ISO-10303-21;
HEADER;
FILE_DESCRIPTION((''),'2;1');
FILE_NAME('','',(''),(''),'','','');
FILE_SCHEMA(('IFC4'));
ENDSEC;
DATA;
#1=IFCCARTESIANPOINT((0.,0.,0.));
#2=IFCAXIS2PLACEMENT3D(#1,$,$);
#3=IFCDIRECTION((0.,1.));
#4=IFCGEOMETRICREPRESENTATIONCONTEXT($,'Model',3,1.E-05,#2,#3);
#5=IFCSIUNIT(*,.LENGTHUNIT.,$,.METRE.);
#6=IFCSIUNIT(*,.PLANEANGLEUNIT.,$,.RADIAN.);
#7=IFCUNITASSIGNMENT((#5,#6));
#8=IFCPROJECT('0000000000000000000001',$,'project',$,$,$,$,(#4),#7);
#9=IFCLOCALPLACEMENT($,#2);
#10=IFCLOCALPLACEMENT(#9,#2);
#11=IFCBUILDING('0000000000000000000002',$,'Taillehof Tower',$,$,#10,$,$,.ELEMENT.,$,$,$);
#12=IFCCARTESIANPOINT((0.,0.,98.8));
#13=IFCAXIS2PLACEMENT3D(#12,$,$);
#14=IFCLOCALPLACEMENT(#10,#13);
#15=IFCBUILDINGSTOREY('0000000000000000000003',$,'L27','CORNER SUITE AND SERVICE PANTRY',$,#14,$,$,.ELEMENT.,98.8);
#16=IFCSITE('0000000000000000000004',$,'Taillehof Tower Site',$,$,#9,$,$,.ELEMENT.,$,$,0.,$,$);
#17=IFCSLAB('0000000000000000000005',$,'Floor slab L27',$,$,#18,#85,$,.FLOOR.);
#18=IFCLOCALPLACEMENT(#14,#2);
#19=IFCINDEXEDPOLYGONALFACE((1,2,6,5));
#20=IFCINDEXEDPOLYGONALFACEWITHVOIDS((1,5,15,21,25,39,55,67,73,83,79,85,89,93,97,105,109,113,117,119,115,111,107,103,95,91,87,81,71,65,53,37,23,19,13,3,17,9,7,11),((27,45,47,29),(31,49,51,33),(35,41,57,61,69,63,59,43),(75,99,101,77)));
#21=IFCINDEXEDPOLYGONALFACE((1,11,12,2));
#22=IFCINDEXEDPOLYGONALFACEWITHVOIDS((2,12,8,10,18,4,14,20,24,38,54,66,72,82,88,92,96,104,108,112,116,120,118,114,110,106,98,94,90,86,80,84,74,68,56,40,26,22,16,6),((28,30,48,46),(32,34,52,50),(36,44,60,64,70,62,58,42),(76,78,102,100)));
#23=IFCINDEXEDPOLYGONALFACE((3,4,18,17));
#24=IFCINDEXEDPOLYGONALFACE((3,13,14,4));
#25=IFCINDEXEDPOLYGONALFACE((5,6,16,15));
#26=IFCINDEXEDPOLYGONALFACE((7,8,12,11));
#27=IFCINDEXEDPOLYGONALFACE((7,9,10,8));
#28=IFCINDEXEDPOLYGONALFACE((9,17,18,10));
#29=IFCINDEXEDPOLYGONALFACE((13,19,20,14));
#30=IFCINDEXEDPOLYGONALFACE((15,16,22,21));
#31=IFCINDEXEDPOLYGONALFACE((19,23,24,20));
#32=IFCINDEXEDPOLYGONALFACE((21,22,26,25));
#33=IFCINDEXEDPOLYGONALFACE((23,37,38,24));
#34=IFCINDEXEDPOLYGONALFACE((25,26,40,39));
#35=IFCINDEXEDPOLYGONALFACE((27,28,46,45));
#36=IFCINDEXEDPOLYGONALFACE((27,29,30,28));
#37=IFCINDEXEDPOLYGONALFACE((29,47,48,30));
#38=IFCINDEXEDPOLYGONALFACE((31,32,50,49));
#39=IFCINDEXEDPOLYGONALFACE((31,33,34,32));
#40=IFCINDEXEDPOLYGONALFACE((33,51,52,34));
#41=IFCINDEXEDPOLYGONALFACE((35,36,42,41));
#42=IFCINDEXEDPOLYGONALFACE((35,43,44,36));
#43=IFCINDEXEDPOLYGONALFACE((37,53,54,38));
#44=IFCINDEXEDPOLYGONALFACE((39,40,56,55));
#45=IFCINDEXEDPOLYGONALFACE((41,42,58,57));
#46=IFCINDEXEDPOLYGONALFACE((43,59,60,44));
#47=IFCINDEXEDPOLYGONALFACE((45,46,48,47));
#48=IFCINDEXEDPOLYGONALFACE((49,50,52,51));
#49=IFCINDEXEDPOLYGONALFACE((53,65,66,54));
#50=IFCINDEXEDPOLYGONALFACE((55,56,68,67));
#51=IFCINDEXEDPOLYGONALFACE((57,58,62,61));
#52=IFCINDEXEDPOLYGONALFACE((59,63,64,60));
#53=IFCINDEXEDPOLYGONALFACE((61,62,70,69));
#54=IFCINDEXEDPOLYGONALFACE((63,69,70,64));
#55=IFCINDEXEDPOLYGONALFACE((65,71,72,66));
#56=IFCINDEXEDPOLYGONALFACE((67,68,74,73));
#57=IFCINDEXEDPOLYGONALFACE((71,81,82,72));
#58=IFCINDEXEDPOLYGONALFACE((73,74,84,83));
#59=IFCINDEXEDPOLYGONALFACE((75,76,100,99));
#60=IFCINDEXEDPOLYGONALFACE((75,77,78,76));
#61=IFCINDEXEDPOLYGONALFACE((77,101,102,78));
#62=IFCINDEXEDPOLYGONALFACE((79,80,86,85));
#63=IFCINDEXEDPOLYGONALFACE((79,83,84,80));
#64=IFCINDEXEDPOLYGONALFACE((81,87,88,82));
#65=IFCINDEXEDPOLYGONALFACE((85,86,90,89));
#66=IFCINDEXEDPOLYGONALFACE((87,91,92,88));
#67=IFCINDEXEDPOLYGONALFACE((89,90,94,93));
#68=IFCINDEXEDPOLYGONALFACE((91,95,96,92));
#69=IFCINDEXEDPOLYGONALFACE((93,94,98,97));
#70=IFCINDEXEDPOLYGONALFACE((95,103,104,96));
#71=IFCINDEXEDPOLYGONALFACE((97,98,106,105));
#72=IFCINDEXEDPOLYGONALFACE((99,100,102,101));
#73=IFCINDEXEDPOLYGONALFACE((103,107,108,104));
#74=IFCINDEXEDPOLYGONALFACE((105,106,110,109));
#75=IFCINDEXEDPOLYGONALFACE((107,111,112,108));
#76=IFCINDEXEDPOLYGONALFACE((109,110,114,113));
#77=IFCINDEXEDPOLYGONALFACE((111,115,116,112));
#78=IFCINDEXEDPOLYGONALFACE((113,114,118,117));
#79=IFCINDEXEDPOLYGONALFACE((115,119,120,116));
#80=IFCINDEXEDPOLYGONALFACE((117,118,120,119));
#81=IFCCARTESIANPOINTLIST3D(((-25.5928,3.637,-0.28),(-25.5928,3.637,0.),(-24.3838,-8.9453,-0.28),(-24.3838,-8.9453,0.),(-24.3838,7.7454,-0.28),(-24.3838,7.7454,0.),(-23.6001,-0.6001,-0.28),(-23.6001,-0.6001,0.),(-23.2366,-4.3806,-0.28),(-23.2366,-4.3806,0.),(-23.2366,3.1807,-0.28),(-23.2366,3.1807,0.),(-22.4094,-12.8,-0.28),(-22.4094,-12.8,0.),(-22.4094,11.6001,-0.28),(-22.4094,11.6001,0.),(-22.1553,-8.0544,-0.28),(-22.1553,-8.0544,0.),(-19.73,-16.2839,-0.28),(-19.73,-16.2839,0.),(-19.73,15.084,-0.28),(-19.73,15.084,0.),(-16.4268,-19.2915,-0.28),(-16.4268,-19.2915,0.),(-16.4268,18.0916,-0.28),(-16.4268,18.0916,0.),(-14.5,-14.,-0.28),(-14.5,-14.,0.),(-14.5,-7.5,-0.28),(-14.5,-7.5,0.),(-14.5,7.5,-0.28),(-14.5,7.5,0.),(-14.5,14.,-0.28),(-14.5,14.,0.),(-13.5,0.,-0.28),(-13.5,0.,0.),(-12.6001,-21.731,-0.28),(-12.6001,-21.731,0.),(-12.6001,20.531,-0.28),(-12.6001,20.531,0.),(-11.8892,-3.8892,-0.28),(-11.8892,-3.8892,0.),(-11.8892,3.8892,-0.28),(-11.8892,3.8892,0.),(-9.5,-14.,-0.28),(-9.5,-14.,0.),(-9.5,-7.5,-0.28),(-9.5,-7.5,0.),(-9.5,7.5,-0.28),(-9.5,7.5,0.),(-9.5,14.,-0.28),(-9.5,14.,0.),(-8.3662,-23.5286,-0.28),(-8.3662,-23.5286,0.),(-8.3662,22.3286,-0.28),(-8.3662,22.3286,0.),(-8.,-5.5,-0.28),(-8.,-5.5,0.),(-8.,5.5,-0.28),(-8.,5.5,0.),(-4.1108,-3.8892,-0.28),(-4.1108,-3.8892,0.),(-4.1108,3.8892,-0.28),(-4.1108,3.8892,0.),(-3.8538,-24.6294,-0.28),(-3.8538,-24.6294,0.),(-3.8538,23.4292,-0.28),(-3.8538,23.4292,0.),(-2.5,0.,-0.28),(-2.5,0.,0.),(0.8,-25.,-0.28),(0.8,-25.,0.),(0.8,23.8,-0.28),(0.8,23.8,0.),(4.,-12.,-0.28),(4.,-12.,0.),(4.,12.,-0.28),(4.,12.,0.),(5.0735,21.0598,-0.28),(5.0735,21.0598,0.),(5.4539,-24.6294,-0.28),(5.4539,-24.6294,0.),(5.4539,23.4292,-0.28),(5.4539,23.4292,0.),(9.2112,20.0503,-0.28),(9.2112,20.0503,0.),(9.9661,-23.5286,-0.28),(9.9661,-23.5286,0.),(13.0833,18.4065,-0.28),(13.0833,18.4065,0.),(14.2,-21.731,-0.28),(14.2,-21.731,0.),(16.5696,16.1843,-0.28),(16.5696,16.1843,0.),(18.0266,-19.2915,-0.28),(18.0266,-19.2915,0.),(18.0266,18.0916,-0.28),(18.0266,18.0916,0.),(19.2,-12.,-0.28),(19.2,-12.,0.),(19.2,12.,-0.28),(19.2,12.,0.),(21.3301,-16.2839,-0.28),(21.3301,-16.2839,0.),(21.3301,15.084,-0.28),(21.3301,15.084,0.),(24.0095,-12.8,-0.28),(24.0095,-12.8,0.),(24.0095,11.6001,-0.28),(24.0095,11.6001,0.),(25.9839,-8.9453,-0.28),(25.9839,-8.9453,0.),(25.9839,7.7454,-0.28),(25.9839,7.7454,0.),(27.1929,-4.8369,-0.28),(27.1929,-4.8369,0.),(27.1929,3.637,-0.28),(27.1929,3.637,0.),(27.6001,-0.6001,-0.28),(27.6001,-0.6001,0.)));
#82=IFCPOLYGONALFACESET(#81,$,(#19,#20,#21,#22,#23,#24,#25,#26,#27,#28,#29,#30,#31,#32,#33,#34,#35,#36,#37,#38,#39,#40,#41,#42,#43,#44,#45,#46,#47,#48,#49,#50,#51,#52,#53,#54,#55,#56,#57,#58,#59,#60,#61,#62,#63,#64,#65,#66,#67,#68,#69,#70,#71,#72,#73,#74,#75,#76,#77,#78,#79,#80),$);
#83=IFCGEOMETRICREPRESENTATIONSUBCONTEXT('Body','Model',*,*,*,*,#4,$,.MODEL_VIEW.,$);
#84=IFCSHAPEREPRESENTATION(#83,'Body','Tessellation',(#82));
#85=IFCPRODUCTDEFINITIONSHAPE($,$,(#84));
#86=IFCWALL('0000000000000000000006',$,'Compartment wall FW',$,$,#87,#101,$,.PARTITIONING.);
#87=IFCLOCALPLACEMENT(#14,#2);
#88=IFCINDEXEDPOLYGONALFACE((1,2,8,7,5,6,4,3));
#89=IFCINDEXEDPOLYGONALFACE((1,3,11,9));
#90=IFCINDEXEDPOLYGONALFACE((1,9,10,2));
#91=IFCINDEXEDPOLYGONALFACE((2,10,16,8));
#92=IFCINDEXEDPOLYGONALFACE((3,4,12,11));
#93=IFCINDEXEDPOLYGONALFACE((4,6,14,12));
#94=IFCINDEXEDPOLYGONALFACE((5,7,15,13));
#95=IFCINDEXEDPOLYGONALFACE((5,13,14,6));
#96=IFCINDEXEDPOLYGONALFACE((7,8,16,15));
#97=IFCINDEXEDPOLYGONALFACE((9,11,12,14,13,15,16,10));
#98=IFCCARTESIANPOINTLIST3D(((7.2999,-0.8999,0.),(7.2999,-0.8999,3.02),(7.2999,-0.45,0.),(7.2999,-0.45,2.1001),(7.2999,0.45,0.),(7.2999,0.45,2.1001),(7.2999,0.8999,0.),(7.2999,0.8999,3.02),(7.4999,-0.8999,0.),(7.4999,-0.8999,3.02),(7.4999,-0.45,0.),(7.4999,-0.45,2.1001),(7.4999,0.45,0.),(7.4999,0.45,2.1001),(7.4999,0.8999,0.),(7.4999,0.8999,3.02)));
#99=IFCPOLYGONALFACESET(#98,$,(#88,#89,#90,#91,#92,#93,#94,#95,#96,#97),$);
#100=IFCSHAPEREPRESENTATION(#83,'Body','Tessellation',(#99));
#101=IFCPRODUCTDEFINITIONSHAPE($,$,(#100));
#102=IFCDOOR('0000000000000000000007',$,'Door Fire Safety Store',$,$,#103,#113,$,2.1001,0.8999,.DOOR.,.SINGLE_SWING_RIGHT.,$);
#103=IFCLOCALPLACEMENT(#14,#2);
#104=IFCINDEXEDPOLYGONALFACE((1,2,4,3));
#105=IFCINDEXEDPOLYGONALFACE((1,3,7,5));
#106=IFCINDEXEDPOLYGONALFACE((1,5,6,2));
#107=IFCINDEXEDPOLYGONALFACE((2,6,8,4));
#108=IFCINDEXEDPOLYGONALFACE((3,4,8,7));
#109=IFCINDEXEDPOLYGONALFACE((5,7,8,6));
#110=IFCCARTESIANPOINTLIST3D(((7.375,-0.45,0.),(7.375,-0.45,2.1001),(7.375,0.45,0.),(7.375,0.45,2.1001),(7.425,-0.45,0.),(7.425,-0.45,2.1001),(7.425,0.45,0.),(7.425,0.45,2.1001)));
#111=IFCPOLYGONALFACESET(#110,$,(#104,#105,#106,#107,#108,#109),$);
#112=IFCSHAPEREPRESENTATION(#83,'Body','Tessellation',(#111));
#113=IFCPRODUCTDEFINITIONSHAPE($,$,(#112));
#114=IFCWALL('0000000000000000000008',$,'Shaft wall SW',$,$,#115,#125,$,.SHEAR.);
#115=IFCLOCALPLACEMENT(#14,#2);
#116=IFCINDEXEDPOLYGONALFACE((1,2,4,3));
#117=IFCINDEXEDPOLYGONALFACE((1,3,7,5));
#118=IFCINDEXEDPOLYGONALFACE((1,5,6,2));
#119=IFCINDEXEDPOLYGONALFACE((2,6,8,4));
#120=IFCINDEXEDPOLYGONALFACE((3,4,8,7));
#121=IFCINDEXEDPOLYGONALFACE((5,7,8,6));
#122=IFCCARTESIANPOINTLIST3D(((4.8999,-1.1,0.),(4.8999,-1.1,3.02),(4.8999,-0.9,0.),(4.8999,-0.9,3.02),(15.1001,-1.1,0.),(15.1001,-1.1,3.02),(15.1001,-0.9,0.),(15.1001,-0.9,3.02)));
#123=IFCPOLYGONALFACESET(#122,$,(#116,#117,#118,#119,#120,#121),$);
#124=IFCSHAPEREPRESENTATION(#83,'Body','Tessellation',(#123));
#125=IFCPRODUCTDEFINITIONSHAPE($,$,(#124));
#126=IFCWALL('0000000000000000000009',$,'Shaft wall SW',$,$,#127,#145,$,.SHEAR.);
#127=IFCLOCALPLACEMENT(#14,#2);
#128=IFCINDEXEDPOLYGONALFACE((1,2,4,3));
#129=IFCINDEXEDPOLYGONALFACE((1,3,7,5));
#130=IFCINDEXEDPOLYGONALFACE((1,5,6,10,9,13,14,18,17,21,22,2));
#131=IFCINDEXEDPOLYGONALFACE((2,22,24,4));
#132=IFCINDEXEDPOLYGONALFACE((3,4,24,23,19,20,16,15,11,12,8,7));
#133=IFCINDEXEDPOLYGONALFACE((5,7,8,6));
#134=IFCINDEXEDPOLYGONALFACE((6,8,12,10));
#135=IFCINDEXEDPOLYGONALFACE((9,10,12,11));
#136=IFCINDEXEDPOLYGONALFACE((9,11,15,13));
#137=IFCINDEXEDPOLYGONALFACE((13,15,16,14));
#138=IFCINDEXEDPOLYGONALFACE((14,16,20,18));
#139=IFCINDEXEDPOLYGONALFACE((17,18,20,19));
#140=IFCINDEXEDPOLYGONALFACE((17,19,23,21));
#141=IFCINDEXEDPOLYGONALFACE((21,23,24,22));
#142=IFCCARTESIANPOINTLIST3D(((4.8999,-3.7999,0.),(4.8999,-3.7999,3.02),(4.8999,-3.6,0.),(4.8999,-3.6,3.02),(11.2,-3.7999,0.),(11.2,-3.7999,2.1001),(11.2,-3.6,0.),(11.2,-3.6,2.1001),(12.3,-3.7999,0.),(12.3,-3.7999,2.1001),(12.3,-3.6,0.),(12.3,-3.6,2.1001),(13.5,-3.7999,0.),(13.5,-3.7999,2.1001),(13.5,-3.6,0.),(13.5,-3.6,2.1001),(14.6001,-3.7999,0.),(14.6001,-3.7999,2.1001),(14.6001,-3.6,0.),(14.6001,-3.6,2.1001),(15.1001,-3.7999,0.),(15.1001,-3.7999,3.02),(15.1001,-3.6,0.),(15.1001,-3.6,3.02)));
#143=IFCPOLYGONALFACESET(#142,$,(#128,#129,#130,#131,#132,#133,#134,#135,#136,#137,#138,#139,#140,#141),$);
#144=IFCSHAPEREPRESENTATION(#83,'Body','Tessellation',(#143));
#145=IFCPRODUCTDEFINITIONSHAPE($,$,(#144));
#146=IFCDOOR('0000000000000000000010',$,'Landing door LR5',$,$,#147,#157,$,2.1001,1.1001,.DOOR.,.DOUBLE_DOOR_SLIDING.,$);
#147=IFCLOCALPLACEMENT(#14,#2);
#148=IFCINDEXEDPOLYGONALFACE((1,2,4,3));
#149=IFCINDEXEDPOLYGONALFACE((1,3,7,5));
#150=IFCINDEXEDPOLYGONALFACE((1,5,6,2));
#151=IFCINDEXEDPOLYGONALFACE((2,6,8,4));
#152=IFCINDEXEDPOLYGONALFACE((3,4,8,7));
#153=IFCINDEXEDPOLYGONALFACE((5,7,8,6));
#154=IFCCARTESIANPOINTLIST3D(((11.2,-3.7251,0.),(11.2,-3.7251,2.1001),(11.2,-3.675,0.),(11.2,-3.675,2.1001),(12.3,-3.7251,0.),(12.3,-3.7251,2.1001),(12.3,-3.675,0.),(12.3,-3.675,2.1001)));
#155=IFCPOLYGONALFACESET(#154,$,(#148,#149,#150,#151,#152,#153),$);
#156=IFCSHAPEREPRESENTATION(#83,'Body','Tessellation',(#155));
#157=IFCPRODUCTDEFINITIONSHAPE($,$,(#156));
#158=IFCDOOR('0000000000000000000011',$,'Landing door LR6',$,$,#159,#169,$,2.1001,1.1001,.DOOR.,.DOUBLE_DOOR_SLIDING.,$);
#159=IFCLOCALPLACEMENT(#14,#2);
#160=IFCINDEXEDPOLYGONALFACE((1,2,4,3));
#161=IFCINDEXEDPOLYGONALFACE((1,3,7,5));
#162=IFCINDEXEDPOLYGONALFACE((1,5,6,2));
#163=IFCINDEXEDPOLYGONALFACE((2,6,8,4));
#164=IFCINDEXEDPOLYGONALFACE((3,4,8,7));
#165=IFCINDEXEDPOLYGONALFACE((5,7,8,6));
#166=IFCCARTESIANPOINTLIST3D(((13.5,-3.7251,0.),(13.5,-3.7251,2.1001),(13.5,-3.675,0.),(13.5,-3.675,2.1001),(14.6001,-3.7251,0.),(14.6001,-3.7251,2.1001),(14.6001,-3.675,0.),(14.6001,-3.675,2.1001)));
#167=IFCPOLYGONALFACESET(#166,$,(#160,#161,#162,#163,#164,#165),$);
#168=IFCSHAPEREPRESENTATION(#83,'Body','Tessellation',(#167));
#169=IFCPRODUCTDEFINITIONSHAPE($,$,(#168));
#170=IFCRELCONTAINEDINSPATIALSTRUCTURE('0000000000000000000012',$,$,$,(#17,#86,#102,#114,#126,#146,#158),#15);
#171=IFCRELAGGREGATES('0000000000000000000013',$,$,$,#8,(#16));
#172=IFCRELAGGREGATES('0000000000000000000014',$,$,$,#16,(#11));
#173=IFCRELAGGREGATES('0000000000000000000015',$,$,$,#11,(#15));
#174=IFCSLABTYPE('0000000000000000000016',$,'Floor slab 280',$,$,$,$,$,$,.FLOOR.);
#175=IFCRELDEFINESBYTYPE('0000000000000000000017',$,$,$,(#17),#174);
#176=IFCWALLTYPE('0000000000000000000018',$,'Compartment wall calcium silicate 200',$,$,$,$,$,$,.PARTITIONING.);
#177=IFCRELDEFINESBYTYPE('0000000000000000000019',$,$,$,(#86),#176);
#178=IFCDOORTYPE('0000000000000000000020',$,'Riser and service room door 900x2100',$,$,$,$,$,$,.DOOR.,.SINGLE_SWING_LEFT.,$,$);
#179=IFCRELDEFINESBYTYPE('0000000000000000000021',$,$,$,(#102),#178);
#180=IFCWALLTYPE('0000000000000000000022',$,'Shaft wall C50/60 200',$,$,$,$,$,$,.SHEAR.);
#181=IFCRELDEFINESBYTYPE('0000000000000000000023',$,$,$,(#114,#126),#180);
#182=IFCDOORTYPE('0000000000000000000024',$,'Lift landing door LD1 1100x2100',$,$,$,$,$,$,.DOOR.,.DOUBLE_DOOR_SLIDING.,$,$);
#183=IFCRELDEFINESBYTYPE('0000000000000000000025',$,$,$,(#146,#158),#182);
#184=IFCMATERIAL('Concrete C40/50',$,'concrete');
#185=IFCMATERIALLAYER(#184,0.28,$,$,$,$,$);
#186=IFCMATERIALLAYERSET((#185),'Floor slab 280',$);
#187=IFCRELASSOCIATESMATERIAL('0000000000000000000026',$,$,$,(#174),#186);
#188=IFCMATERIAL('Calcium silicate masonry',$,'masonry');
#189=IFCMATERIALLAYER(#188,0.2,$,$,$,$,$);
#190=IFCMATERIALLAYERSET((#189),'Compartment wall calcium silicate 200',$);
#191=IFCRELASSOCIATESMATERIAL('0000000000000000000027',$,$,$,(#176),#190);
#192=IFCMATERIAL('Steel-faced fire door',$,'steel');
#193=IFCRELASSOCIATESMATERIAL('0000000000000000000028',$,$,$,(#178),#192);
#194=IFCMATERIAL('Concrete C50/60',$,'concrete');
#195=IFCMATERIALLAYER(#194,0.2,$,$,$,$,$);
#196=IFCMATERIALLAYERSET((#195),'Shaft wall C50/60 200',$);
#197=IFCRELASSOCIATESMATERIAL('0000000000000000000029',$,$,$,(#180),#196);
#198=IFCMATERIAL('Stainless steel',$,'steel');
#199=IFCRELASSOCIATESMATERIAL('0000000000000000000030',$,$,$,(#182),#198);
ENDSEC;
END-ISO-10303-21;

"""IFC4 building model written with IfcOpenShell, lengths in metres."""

from ifc_helpers import new_model, si_unit, direction, frame, frame_2d, origin, place, context, subcontext, project, spatial, polyline, rectangle, outline, extrude, material, layer, layer_set, type_object, element, fill, save


model = new_model("IFC4")

# Units and contexts
model_context = context("Model", 3, precision=1e-05, world=origin(), true_north=direction((0.0, 1.0)))
body_context = subcontext(model_context, "Body", "Model", "MODEL_VIEW")
ifc_project = project(units=[si_unit("LENGTHUNIT", "METRE"), si_unit("PLANEANGLEUNIT", "RADIAN")], contexts=[model_context])

# Site, building, storey
site_placement = place(None, origin())
site = spatial("IfcSite", under=ifc_project, at=site_placement, Name="Taillehof Tower Site", CompositionType="ELEMENT", RefElevation=0.0)
building_placement = place(site_placement, origin())
building = spatial("IfcBuilding", under=site, at=building_placement, Name="Taillehof Tower", CompositionType="ELEMENT")
storey_placement = place(building_placement, frame((0.0, 0.0, 98.8)))
storey = spatial("IfcBuildingStorey", under=building, at=storey_placement, Name="L27", Description="CORNER SUITE AND SERVICE PANTRY", CompositionType="ELEMENT", Elevation=98.8)

# Slab
ifc_material_1 = material(Name="Concrete C40/50", Category="concrete")
ifc_layer_1 = layer(ifc_material_1, 0.28)
ifc_layer_set_1 = layer_set([ifc_layer_1], Name="Floor slab 280")
slab_type = type_object("IfcSlabType", Name="Floor slab 280", PredefinedType="FLOOR", material=ifc_layer_set_1)
slab_placement = place(storey_placement, frame((0.0, 0.0, -0.28)))
element("IfcSlab", 1, at=slab_placement, inside=storey, type_object=slab_type, Name="Floor slab L27", PredefinedType="FLOOR", context=body_context, shape_type="SweptSolid", body=[
    extrude(outline(polyline([(27.6001, -0.6001), (27.1929, 3.637), (25.9839, 7.7454), (24.0095, 11.6001), (21.3301, 15.084), (18.0266, 18.0916), (16.5696, 16.1843), (13.0833, 18.4065), (9.2112, 20.0503), (5.0735, 21.0598), (5.4539, 23.4292), (0.8, 23.8), (-3.8538, 23.4292), (-8.3662, 22.3286), (-12.6001, 20.531), (-16.4268, 18.0916), (-19.73, 15.084), (-22.4094, 11.6001), (-24.3838, 7.7454), (-25.5928, 3.637), (-23.2366, 3.1807), (-23.6001, -0.6001), (-23.2366, -4.3806), (-22.1553, -8.0544), (-24.3838, -8.9453), (-22.4094, -12.8), (-19.73, -16.2839), (-16.4268, -19.2915), (-12.6001, -21.731), (-8.3662, -23.5286), (-3.8538, -24.6294), (0.8, -25.0), (5.4539, -24.6294), (9.9661, -23.5286), (14.2, -21.731), (18.0266, -19.2915), (21.3301, -16.2839), (24.0095, -12.8), (25.9839, -8.9453), (27.1929, -4.8369), (27.6001, -0.6001)]), holes=[polyline([(-14.5, -7.5), (-9.5, -7.5), (-9.5, -14.0), (-14.5, -14.0), (-14.5, -7.5)]), polyline([(-8.0, -5.5), (-11.8892, -3.8892), (-13.5, 0.0), (-11.8892, 3.8892), (-8.0, 5.5), (-4.1108, 3.8892), (-2.5, 0.0), (-4.1108, -3.8892), (-8.0, -5.5)]), polyline([(19.2, 12.0), (19.2, -12.0), (4.0, -12.0), (4.0, 12.0), (19.2, 12.0)]), polyline([(-14.5, 14.0), (-9.5, 14.0), (-9.5, 7.5), (-14.5, 7.5), (-14.5, 14.0)])]), origin(), (0.0, 0.0, 1.0), 0.28),
])

# Wall, opening, door
ifc_material_2 = material(Name="Calcium silicate masonry", Category="masonry")
ifc_layer_2 = layer(ifc_material_2, 0.2)
ifc_layer_set_2 = layer_set([ifc_layer_2], Name="Compartment wall calcium silicate 200")
wall_type_1 = type_object("IfcWallType", Name="Compartment wall calcium silicate 200", PredefinedType="PARTITIONING", material=ifc_layer_set_2)
wall_1_placement = place(storey_placement, frame((7.3999, -0.8999, 0.0), z_axis=(0.0, 0.0, 1.0), x_axis=(0.0, 1.0, 0.0)))
wall_1 = element("IfcWall", 2, at=wall_1_placement, inside=storey, type_object=wall_type_1, Name="Compartment wall FW", PredefinedType="PARTITIONING", context=body_context, shape_type="SweptSolid", body=[
    extrude(rectangle(XDim=1.7998, YDim=0.2, at=frame_2d((0.8999, 0.0))), origin(), (0.0, 0.0, 1.0), 3.02),
])
opening_1_placement = place(wall_1_placement, frame((0.45, 0.0, 0.0)))
opening_1 = element("IfcOpeningElement", 3, at=opening_1_placement, cuts=wall_1, PredefinedType="OPENING", context=body_context, shape_type="SweptSolid", body=[
    extrude(rectangle(XDim=0.8999, YDim=2.1001, at=frame_2d((0.45, 1.05))), frame((0.0, 0.1099, 0.0), z_axis=(0.0, -1.0, 0.0), x_axis=(1.0, 0.0, 0.0)), (0.0, 0.0, 1.0), 0.22),
])
ifc_material_3 = material(Name="Steel-faced fire door", Category="steel")
door_type_1 = type_object("IfcDoorType", Name="Riser and service room door 900x2100", OperationType="SINGLE_SWING_LEFT", PredefinedType="DOOR", material=ifc_material_3)
door_1_placement = place(opening_1_placement, origin())
door_1 = element("IfcDoor", 4, at=door_1_placement, inside=storey, type_object=door_type_1, Name="Door Fire Safety Store", OperationType="SINGLE_SWING_RIGHT", OverallHeight=2.1001, OverallWidth=0.8999, PredefinedType="DOOR", context=body_context, shape_type="SweptSolid", body=[
    extrude(rectangle(XDim=0.8999, YDim=2.1001, at=frame_2d((0.45, 1.05))), frame((0.0, 0.0249, 0.0), z_axis=(0.0, -1.0, 0.0), x_axis=(1.0, 0.0, 0.0)), (0.0, 0.0, 1.0), 0.05),
])
fill(opening_1, door_1)

# Wall
ifc_material_4 = material(Name="Concrete C50/60", Category="concrete")
ifc_layer_3 = layer(ifc_material_4, 0.2)
ifc_layer_set_3 = layer_set([ifc_layer_3], Name="Shaft wall C50/60 200")
wall_type_2 = type_object("IfcWallType", Name="Shaft wall C50/60 200", PredefinedType="SHEAR", material=ifc_layer_set_3)
wall_2_placement = place(storey_placement, frame((4.8999, -1.0, 0.0), z_axis=(0.0, 0.0, 1.0), x_axis=(1.0, 0.0, 0.0)))
element("IfcWall", 5, at=wall_2_placement, inside=storey, type_object=wall_type_2, Name="Shaft wall SW", PredefinedType="SHEAR", context=body_context, shape_type="SweptSolid", body=[
    extrude(rectangle(XDim=10.2002, YDim=0.2, at=frame_2d((5.1001, 0.0))), origin(), (0.0, 0.0, 1.0), 3.02),
])

# Wall, openings, doors
wall_3_placement = place(storey_placement, frame((4.8999, -3.7, 0.0), z_axis=(0.0, 0.0, 1.0), x_axis=(1.0, 0.0, 0.0)))
wall_3 = element("IfcWall", 6, at=wall_3_placement, inside=storey, type_object=wall_type_2, Name="Shaft wall SW", PredefinedType="SHEAR", context=body_context, shape_type="SweptSolid", body=[
    extrude(rectangle(XDim=10.2002, YDim=0.2, at=frame_2d((5.1001, 0.0))), origin(), (0.0, 0.0, 1.0), 3.02),
])
opening_2_placement = place(wall_3_placement, frame((6.3, 0.0, 0.0)))
opening_2 = element("IfcOpeningElement", 7, at=opening_2_placement, cuts=wall_3, PredefinedType="OPENING", context=body_context, shape_type="SweptSolid", body=[
    extrude(rectangle(XDim=1.1001, YDim=2.1001, at=frame_2d((0.55, 1.05))), frame((0.0, 0.1099, 0.0), z_axis=(0.0, -1.0, 0.0), x_axis=(1.0, 0.0, 0.0)), (0.0, 0.0, 1.0), 0.22),
])
opening_3_placement = place(wall_3_placement, frame((8.6001, 0.0, 0.0)))
opening_3 = element("IfcOpeningElement", 8, at=opening_3_placement, cuts=wall_3, PredefinedType="OPENING", context=body_context, shape_type="SweptSolid", body=[
    extrude(rectangle(XDim=1.1001, YDim=2.1001, at=frame_2d((0.55, 1.05))), frame((0.0, 0.1099, 0.0), z_axis=(0.0, -1.0, 0.0), x_axis=(1.0, 0.0, 0.0)), (0.0, 0.0, 1.0), 0.22),
])
ifc_material_5 = material(Name="Stainless steel", Category="steel")
door_type_2 = type_object("IfcDoorType", Name="Lift landing door LD1 1100x2100", OperationType="DOUBLE_DOOR_SLIDING", PredefinedType="DOOR", material=ifc_material_5)
door_2_placement = place(opening_2_placement, origin())
door_2 = element("IfcDoor", 9, at=door_2_placement, inside=storey, type_object=door_type_2, Name="Landing door LR5", OperationType="DOUBLE_DOOR_SLIDING", OverallHeight=2.1001, OverallWidth=1.1001, PredefinedType="DOOR", context=body_context, shape_type="SweptSolid", body=[
    extrude(rectangle(XDim=1.1001, YDim=2.1001, at=frame_2d((0.55, 1.05))), frame((0.0, 0.0249, 0.0), z_axis=(0.0, -1.0, 0.0), x_axis=(1.0, 0.0, 0.0)), (0.0, 0.0, 1.0), 0.05),
])
fill(opening_2, door_2)
door_3_placement = place(opening_3_placement, origin())
door_3 = element("IfcDoor", 10, at=door_3_placement, inside=storey, type_object=door_type_2, Name="Landing door LR6", OperationType="DOUBLE_DOOR_SLIDING", OverallHeight=2.1001, OverallWidth=1.1001, PredefinedType="DOOR", context=body_context, shape_type="SweptSolid", body=[
    extrude(rectangle(XDim=1.1001, YDim=2.1001, at=frame_2d((0.55, 1.05))), frame((0.0, 0.0249, 0.0), z_axis=(0.0, -1.0, 0.0), x_axis=(1.0, 0.0, 0.0)), (0.0, 0.0, 1.0), 0.05),
])
fill(opening_3, door_3)

save(model, "model.ifc")
